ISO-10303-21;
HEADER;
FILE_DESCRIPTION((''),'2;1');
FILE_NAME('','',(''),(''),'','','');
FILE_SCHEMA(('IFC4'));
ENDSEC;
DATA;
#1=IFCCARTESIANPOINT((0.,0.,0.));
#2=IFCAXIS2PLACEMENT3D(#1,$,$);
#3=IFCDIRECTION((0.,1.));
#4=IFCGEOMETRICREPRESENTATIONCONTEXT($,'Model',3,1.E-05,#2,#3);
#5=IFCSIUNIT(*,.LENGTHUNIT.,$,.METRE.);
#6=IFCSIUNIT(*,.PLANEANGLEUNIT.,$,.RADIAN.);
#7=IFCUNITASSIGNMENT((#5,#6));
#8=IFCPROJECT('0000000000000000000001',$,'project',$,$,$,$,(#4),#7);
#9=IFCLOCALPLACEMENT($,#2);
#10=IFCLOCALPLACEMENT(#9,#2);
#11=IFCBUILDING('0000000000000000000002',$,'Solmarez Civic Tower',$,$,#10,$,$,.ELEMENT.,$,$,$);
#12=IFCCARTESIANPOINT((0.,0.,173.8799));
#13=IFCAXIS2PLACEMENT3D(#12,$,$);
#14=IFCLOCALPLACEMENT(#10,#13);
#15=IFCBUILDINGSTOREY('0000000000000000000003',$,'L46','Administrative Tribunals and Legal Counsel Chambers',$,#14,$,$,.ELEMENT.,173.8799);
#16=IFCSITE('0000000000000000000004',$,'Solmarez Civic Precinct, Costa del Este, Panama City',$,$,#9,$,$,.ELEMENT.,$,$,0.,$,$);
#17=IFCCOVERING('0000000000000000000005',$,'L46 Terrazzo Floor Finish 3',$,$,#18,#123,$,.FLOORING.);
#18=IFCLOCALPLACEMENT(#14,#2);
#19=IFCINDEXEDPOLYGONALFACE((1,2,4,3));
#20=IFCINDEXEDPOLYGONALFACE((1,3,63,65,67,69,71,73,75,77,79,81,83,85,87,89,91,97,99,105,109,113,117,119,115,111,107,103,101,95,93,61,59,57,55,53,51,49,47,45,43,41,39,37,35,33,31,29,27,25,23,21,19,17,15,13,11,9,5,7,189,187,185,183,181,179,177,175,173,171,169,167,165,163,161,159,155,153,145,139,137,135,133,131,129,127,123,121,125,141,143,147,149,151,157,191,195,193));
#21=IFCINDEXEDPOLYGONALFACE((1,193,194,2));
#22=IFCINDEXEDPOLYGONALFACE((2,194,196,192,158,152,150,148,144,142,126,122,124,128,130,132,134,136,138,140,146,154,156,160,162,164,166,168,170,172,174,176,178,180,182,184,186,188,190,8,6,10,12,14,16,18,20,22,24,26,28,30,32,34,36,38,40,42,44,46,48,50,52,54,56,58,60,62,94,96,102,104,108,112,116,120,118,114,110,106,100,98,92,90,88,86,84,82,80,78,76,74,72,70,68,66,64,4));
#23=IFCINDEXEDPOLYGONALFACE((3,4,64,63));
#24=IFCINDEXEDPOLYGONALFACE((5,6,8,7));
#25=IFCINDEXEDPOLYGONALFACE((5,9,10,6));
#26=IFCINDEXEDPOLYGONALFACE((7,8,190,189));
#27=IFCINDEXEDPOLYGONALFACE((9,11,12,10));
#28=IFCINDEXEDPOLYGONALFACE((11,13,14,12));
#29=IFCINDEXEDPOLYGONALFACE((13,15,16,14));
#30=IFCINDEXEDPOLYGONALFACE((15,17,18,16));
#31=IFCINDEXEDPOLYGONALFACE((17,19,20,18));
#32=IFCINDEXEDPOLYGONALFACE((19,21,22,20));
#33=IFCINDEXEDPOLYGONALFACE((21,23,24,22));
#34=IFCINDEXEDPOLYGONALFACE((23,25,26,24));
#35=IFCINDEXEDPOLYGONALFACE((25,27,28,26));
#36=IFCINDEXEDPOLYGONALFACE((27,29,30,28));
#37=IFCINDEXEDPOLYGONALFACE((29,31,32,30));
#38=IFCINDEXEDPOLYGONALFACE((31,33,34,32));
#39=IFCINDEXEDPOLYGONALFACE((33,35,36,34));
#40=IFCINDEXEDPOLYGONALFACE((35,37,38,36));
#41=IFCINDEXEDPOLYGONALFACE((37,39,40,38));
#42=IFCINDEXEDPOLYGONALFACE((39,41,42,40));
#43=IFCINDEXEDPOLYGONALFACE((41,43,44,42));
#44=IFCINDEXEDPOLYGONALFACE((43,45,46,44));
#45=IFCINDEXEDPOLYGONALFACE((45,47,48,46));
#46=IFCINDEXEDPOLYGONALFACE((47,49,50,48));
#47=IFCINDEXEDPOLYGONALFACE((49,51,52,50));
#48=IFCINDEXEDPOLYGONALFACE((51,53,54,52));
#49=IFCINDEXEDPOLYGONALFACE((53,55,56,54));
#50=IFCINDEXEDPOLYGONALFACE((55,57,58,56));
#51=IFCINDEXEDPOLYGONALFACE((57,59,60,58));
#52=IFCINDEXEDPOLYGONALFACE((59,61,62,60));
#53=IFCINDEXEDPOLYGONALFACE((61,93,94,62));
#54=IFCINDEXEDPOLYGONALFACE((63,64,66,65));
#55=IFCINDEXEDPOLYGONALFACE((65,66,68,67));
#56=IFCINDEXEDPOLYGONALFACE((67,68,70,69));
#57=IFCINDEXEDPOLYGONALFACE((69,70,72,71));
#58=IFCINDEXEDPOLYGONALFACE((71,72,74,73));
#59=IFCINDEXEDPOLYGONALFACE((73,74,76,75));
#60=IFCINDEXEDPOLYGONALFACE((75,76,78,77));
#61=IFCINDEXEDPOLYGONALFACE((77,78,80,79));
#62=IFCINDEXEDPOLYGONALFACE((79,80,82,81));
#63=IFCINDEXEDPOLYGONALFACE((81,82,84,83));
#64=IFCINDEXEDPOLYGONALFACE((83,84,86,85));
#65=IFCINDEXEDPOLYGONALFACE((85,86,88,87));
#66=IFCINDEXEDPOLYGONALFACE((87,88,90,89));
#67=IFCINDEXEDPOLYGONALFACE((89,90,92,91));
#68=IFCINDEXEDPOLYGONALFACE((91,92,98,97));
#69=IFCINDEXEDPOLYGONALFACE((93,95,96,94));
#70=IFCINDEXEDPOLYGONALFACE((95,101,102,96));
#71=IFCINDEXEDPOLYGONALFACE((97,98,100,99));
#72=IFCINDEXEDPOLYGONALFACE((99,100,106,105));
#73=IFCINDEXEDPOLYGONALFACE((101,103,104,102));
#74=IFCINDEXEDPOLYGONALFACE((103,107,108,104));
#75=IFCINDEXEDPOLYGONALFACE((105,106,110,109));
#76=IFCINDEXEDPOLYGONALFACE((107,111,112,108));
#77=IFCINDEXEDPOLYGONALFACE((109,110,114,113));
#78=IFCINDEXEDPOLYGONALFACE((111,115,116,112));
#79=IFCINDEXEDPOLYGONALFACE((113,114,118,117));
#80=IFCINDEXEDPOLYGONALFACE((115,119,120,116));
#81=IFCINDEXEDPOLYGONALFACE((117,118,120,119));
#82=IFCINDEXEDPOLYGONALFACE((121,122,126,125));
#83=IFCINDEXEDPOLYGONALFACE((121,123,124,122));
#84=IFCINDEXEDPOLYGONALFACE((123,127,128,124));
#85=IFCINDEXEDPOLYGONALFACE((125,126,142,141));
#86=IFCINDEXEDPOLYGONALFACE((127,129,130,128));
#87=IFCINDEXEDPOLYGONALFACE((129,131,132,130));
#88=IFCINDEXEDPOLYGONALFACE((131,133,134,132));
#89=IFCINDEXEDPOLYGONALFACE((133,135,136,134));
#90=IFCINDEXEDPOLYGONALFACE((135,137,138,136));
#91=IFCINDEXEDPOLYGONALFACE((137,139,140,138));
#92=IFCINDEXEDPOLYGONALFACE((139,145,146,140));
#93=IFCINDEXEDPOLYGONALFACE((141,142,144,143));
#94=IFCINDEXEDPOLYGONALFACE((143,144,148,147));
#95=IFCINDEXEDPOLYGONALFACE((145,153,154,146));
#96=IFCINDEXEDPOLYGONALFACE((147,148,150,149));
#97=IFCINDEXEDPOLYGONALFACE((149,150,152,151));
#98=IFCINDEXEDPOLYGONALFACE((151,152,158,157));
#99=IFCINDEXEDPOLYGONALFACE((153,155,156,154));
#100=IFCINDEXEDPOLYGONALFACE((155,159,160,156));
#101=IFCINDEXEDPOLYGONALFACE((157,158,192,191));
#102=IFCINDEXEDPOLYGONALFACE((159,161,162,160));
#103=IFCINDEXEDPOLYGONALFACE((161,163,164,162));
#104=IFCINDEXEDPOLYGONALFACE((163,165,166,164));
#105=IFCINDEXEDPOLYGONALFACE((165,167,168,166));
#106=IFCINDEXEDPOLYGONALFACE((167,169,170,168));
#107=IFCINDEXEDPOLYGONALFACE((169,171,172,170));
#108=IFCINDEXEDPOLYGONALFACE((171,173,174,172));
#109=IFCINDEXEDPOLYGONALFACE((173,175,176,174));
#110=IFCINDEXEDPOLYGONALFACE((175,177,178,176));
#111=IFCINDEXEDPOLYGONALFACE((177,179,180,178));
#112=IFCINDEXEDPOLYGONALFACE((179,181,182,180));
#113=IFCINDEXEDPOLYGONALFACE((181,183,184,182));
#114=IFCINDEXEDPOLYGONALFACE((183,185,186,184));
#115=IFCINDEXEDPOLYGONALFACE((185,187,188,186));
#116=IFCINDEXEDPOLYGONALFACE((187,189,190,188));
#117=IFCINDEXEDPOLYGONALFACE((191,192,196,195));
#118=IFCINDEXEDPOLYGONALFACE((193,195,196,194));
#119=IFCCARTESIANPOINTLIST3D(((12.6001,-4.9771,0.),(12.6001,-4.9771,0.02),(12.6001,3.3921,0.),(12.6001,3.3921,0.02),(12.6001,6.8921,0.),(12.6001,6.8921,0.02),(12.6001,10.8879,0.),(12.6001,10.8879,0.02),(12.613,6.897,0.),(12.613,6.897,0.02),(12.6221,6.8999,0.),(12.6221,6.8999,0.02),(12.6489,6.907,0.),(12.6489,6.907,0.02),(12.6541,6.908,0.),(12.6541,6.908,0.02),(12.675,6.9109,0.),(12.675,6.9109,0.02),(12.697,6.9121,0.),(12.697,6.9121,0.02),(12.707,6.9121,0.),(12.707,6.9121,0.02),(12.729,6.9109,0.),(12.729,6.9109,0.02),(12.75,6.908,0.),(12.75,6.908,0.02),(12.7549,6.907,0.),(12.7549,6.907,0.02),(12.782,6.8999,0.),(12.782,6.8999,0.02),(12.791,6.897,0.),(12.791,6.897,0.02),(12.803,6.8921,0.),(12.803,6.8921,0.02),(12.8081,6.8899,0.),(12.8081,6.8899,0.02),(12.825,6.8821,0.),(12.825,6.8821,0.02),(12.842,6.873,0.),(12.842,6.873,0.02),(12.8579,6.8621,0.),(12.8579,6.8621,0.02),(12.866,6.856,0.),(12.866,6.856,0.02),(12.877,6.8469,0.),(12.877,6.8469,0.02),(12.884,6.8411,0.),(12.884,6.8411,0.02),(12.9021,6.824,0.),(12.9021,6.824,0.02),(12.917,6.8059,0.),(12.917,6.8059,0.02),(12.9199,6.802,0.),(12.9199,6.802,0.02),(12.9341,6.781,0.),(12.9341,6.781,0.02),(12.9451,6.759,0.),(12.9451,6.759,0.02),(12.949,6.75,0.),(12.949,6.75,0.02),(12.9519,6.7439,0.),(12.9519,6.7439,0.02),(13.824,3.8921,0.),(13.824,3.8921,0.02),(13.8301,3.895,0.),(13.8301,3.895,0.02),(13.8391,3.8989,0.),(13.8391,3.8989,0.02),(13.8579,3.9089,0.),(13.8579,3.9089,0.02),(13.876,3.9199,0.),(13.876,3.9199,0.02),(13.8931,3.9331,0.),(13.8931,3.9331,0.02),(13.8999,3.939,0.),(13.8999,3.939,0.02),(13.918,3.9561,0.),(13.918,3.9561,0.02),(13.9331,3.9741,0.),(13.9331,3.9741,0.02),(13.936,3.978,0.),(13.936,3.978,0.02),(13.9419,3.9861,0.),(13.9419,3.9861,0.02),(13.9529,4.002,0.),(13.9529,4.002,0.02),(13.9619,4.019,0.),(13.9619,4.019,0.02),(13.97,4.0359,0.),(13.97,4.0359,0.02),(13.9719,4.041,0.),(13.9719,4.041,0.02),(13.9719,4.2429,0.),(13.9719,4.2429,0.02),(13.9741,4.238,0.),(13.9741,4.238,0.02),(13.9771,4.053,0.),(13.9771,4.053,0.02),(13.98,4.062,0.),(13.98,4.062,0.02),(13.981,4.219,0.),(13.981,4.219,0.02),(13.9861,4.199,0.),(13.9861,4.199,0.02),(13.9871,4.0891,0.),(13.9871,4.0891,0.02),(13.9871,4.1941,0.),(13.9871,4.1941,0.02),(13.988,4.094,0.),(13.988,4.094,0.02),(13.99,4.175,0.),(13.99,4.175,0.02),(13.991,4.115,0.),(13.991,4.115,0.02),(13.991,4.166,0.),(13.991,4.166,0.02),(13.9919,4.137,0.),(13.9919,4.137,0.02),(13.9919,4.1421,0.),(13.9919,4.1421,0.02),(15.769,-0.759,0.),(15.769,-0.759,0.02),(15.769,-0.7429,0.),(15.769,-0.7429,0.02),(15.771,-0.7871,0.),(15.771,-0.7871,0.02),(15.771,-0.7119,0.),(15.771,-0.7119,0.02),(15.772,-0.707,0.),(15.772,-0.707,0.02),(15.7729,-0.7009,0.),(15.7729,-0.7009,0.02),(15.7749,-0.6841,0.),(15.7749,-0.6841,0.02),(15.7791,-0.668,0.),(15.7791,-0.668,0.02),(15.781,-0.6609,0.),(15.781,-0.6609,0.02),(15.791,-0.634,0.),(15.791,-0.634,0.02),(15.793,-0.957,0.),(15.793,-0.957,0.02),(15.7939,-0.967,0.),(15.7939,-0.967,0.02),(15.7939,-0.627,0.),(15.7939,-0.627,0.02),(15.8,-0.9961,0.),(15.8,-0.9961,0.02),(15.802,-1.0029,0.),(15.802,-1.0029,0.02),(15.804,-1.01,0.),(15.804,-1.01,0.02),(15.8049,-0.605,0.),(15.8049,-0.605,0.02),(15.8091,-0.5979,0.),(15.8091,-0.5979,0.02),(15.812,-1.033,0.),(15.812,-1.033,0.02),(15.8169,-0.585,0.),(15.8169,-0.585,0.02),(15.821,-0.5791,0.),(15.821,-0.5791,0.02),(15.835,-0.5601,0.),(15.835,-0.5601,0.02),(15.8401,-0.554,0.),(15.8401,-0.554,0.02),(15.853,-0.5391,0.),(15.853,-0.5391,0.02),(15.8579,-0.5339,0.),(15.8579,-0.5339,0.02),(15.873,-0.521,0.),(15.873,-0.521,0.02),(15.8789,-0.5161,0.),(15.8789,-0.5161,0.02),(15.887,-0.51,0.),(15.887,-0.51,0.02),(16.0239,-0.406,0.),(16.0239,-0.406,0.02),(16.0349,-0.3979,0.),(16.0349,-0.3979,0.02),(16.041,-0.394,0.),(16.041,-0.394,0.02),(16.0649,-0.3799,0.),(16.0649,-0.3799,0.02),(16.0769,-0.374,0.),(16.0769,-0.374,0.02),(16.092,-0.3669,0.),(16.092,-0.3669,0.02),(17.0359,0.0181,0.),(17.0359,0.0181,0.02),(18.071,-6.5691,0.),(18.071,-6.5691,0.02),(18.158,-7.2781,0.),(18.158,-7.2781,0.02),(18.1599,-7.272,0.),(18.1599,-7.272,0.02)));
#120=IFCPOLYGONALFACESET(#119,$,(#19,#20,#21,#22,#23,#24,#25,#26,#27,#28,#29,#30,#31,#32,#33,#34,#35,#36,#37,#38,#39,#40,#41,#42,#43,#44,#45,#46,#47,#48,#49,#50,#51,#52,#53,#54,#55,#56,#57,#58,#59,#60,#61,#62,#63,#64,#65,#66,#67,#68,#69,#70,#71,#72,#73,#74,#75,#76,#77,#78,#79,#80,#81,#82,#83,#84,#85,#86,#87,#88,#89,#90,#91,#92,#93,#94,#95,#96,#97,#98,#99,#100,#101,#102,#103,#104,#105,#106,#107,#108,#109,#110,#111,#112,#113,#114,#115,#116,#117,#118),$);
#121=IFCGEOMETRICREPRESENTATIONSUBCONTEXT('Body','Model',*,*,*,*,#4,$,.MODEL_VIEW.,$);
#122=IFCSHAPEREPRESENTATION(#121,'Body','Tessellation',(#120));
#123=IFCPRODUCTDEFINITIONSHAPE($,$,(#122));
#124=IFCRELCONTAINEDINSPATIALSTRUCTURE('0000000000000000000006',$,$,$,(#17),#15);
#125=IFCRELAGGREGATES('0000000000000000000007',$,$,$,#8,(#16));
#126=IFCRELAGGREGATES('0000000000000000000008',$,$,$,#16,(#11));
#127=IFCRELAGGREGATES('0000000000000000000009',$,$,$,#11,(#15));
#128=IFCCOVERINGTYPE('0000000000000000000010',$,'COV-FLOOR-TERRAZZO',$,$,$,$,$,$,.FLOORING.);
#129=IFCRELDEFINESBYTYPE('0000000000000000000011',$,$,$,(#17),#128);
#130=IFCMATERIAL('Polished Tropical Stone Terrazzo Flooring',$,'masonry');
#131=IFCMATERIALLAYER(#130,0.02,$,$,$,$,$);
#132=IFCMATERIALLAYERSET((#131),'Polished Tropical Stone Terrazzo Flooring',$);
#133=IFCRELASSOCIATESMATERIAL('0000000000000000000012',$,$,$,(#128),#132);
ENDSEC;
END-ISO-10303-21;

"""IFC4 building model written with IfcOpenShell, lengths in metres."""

from ifc_helpers import new_model, si_unit, direction, frame, origin, place, context, subcontext, project, spatial, polyline, outline, extrude, material, layer, layer_set, type_object, element, save


model = new_model("IFC4")

# Units and contexts
model_context = context("Model", 3, precision=1e-05, world=origin(), true_north=direction((0.0, 1.0)))
body_context = subcontext(model_context, "Body", "Model", "MODEL_VIEW")
ifc_project = project(units=[si_unit("LENGTHUNIT", "METRE"), si_unit("PLANEANGLEUNIT", "RADIAN")], contexts=[model_context])

# Site, building, storey
site_placement = place(None, origin())
site = spatial("IfcSite", under=ifc_project, at=site_placement, Name="Solmarez Civic Precinct, Costa del Este, Panama City", CompositionType="ELEMENT", RefElevation=0.0)
building_placement = place(site_placement, origin())
building = spatial("IfcBuilding", under=site, at=building_placement, Name="Solmarez Civic Tower", CompositionType="ELEMENT")
storey_placement = place(building_placement, frame((0.0, 0.0, 173.8799)))
storey = spatial("IfcBuildingStorey", under=building, at=storey_placement, Name="L46", Description="Administrative Tribunals and Legal Counsel Chambers", CompositionType="ELEMENT", Elevation=173.8799)

# Covering
ifc_material_1 = material(Name="Polished Tropical Stone Terrazzo Flooring", Category="masonry")
ifc_layer_1 = layer(ifc_material_1, 0.02)
ifc_layer_set_1 = layer_set([ifc_layer_1], Name="Polished Tropical Stone Terrazzo Flooring")
covering_type_1 = type_object("IfcCoveringType", Name="COV-FLOOR-TERRAZZO", PredefinedType="FLOORING", material=ifc_layer_set_1)
covering_1_placement = place(storey_placement, origin())
element("IfcCovering", 1, at=covering_1_placement, inside=storey, type_object=covering_type_1, Name="L46 Terrazzo Floor Finish 3", PredefinedType="FLOORING", context=body_context, shape_type="SweptSolid", body=[
    extrude(outline(polyline([(12.6001, 10.8879), (12.6001, 6.8921), (12.613, 6.897), (12.6221, 6.8999), (12.6489, 6.907), (12.6541, 6.908), (12.675, 6.9109), (12.697, 6.9121), (12.707, 6.9121), (12.729, 6.9109), (12.75, 6.908), (12.7549, 6.907), (12.782, 6.8999), (12.791, 6.897), (12.803, 6.8921), (12.8081, 6.8899), (12.825, 6.8821), (12.842, 6.873), (12.8579, 6.8621), (12.866, 6.856), (12.877, 6.8469), (12.884, 6.8411), (12.9021, 6.824), (12.917, 6.8059), (12.9199, 6.802), (12.9341, 6.781), (12.9451, 6.759), (12.949, 6.75), (12.9519, 6.7439), (13.9719, 4.2429), (13.9741, 4.238), (13.981, 4.219), (13.9861, 4.199), (13.9871, 4.1941), (13.99, 4.175), (13.991, 4.166), (13.9919, 4.1421), (13.9919, 4.137), (13.991, 4.115), (13.988, 4.094), (13.9871, 4.0891), (13.98, 4.062), (13.9771, 4.053), (13.9719, 4.041), (13.97, 4.0359), (13.9619, 4.019), (13.9529, 4.002), (13.9419, 3.9861), (13.936, 3.978), (13.9331, 3.9741), (13.918, 3.9561), (13.8999, 3.939), (13.8931, 3.9331), (13.876, 3.9199), (13.8579, 3.9089), (13.8391, 3.8989), (13.8301, 3.895), (13.824, 3.8921), (12.6001, 3.3921), (12.6001, -4.9771), (18.158, -7.2781), (18.1599, -7.272), (18.071, -6.5691), (15.812, -1.033), (15.804, -1.01), (15.802, -1.0029), (15.8, -0.9961), (15.7939, -0.967), (15.793, -0.957), (15.771, -0.7871), (15.769, -0.759), (15.769, -0.7429), (15.771, -0.7119), (15.772, -0.707), (15.7729, -0.7009), (15.7749, -0.6841), (15.7791, -0.668), (15.781, -0.6609), (15.791, -0.634), (15.7939, -0.627), (15.8049, -0.605), (15.8091, -0.5979), (15.8169, -0.585), (15.821, -0.5791), (15.835, -0.5601), (15.8401, -0.554), (15.853, -0.5391), (15.8579, -0.5339), (15.873, -0.521), (15.8789, -0.5161), (15.887, -0.51), (16.0239, -0.406), (16.0349, -0.3979), (16.041, -0.394), (16.0649, -0.3799), (16.0769, -0.374), (16.092, -0.3669), (17.0359, 0.0181), (12.6001, 10.8879)])), origin(), (0.0, 0.0, 1.0), 0.02),
])

save(model, "model.ifc")
